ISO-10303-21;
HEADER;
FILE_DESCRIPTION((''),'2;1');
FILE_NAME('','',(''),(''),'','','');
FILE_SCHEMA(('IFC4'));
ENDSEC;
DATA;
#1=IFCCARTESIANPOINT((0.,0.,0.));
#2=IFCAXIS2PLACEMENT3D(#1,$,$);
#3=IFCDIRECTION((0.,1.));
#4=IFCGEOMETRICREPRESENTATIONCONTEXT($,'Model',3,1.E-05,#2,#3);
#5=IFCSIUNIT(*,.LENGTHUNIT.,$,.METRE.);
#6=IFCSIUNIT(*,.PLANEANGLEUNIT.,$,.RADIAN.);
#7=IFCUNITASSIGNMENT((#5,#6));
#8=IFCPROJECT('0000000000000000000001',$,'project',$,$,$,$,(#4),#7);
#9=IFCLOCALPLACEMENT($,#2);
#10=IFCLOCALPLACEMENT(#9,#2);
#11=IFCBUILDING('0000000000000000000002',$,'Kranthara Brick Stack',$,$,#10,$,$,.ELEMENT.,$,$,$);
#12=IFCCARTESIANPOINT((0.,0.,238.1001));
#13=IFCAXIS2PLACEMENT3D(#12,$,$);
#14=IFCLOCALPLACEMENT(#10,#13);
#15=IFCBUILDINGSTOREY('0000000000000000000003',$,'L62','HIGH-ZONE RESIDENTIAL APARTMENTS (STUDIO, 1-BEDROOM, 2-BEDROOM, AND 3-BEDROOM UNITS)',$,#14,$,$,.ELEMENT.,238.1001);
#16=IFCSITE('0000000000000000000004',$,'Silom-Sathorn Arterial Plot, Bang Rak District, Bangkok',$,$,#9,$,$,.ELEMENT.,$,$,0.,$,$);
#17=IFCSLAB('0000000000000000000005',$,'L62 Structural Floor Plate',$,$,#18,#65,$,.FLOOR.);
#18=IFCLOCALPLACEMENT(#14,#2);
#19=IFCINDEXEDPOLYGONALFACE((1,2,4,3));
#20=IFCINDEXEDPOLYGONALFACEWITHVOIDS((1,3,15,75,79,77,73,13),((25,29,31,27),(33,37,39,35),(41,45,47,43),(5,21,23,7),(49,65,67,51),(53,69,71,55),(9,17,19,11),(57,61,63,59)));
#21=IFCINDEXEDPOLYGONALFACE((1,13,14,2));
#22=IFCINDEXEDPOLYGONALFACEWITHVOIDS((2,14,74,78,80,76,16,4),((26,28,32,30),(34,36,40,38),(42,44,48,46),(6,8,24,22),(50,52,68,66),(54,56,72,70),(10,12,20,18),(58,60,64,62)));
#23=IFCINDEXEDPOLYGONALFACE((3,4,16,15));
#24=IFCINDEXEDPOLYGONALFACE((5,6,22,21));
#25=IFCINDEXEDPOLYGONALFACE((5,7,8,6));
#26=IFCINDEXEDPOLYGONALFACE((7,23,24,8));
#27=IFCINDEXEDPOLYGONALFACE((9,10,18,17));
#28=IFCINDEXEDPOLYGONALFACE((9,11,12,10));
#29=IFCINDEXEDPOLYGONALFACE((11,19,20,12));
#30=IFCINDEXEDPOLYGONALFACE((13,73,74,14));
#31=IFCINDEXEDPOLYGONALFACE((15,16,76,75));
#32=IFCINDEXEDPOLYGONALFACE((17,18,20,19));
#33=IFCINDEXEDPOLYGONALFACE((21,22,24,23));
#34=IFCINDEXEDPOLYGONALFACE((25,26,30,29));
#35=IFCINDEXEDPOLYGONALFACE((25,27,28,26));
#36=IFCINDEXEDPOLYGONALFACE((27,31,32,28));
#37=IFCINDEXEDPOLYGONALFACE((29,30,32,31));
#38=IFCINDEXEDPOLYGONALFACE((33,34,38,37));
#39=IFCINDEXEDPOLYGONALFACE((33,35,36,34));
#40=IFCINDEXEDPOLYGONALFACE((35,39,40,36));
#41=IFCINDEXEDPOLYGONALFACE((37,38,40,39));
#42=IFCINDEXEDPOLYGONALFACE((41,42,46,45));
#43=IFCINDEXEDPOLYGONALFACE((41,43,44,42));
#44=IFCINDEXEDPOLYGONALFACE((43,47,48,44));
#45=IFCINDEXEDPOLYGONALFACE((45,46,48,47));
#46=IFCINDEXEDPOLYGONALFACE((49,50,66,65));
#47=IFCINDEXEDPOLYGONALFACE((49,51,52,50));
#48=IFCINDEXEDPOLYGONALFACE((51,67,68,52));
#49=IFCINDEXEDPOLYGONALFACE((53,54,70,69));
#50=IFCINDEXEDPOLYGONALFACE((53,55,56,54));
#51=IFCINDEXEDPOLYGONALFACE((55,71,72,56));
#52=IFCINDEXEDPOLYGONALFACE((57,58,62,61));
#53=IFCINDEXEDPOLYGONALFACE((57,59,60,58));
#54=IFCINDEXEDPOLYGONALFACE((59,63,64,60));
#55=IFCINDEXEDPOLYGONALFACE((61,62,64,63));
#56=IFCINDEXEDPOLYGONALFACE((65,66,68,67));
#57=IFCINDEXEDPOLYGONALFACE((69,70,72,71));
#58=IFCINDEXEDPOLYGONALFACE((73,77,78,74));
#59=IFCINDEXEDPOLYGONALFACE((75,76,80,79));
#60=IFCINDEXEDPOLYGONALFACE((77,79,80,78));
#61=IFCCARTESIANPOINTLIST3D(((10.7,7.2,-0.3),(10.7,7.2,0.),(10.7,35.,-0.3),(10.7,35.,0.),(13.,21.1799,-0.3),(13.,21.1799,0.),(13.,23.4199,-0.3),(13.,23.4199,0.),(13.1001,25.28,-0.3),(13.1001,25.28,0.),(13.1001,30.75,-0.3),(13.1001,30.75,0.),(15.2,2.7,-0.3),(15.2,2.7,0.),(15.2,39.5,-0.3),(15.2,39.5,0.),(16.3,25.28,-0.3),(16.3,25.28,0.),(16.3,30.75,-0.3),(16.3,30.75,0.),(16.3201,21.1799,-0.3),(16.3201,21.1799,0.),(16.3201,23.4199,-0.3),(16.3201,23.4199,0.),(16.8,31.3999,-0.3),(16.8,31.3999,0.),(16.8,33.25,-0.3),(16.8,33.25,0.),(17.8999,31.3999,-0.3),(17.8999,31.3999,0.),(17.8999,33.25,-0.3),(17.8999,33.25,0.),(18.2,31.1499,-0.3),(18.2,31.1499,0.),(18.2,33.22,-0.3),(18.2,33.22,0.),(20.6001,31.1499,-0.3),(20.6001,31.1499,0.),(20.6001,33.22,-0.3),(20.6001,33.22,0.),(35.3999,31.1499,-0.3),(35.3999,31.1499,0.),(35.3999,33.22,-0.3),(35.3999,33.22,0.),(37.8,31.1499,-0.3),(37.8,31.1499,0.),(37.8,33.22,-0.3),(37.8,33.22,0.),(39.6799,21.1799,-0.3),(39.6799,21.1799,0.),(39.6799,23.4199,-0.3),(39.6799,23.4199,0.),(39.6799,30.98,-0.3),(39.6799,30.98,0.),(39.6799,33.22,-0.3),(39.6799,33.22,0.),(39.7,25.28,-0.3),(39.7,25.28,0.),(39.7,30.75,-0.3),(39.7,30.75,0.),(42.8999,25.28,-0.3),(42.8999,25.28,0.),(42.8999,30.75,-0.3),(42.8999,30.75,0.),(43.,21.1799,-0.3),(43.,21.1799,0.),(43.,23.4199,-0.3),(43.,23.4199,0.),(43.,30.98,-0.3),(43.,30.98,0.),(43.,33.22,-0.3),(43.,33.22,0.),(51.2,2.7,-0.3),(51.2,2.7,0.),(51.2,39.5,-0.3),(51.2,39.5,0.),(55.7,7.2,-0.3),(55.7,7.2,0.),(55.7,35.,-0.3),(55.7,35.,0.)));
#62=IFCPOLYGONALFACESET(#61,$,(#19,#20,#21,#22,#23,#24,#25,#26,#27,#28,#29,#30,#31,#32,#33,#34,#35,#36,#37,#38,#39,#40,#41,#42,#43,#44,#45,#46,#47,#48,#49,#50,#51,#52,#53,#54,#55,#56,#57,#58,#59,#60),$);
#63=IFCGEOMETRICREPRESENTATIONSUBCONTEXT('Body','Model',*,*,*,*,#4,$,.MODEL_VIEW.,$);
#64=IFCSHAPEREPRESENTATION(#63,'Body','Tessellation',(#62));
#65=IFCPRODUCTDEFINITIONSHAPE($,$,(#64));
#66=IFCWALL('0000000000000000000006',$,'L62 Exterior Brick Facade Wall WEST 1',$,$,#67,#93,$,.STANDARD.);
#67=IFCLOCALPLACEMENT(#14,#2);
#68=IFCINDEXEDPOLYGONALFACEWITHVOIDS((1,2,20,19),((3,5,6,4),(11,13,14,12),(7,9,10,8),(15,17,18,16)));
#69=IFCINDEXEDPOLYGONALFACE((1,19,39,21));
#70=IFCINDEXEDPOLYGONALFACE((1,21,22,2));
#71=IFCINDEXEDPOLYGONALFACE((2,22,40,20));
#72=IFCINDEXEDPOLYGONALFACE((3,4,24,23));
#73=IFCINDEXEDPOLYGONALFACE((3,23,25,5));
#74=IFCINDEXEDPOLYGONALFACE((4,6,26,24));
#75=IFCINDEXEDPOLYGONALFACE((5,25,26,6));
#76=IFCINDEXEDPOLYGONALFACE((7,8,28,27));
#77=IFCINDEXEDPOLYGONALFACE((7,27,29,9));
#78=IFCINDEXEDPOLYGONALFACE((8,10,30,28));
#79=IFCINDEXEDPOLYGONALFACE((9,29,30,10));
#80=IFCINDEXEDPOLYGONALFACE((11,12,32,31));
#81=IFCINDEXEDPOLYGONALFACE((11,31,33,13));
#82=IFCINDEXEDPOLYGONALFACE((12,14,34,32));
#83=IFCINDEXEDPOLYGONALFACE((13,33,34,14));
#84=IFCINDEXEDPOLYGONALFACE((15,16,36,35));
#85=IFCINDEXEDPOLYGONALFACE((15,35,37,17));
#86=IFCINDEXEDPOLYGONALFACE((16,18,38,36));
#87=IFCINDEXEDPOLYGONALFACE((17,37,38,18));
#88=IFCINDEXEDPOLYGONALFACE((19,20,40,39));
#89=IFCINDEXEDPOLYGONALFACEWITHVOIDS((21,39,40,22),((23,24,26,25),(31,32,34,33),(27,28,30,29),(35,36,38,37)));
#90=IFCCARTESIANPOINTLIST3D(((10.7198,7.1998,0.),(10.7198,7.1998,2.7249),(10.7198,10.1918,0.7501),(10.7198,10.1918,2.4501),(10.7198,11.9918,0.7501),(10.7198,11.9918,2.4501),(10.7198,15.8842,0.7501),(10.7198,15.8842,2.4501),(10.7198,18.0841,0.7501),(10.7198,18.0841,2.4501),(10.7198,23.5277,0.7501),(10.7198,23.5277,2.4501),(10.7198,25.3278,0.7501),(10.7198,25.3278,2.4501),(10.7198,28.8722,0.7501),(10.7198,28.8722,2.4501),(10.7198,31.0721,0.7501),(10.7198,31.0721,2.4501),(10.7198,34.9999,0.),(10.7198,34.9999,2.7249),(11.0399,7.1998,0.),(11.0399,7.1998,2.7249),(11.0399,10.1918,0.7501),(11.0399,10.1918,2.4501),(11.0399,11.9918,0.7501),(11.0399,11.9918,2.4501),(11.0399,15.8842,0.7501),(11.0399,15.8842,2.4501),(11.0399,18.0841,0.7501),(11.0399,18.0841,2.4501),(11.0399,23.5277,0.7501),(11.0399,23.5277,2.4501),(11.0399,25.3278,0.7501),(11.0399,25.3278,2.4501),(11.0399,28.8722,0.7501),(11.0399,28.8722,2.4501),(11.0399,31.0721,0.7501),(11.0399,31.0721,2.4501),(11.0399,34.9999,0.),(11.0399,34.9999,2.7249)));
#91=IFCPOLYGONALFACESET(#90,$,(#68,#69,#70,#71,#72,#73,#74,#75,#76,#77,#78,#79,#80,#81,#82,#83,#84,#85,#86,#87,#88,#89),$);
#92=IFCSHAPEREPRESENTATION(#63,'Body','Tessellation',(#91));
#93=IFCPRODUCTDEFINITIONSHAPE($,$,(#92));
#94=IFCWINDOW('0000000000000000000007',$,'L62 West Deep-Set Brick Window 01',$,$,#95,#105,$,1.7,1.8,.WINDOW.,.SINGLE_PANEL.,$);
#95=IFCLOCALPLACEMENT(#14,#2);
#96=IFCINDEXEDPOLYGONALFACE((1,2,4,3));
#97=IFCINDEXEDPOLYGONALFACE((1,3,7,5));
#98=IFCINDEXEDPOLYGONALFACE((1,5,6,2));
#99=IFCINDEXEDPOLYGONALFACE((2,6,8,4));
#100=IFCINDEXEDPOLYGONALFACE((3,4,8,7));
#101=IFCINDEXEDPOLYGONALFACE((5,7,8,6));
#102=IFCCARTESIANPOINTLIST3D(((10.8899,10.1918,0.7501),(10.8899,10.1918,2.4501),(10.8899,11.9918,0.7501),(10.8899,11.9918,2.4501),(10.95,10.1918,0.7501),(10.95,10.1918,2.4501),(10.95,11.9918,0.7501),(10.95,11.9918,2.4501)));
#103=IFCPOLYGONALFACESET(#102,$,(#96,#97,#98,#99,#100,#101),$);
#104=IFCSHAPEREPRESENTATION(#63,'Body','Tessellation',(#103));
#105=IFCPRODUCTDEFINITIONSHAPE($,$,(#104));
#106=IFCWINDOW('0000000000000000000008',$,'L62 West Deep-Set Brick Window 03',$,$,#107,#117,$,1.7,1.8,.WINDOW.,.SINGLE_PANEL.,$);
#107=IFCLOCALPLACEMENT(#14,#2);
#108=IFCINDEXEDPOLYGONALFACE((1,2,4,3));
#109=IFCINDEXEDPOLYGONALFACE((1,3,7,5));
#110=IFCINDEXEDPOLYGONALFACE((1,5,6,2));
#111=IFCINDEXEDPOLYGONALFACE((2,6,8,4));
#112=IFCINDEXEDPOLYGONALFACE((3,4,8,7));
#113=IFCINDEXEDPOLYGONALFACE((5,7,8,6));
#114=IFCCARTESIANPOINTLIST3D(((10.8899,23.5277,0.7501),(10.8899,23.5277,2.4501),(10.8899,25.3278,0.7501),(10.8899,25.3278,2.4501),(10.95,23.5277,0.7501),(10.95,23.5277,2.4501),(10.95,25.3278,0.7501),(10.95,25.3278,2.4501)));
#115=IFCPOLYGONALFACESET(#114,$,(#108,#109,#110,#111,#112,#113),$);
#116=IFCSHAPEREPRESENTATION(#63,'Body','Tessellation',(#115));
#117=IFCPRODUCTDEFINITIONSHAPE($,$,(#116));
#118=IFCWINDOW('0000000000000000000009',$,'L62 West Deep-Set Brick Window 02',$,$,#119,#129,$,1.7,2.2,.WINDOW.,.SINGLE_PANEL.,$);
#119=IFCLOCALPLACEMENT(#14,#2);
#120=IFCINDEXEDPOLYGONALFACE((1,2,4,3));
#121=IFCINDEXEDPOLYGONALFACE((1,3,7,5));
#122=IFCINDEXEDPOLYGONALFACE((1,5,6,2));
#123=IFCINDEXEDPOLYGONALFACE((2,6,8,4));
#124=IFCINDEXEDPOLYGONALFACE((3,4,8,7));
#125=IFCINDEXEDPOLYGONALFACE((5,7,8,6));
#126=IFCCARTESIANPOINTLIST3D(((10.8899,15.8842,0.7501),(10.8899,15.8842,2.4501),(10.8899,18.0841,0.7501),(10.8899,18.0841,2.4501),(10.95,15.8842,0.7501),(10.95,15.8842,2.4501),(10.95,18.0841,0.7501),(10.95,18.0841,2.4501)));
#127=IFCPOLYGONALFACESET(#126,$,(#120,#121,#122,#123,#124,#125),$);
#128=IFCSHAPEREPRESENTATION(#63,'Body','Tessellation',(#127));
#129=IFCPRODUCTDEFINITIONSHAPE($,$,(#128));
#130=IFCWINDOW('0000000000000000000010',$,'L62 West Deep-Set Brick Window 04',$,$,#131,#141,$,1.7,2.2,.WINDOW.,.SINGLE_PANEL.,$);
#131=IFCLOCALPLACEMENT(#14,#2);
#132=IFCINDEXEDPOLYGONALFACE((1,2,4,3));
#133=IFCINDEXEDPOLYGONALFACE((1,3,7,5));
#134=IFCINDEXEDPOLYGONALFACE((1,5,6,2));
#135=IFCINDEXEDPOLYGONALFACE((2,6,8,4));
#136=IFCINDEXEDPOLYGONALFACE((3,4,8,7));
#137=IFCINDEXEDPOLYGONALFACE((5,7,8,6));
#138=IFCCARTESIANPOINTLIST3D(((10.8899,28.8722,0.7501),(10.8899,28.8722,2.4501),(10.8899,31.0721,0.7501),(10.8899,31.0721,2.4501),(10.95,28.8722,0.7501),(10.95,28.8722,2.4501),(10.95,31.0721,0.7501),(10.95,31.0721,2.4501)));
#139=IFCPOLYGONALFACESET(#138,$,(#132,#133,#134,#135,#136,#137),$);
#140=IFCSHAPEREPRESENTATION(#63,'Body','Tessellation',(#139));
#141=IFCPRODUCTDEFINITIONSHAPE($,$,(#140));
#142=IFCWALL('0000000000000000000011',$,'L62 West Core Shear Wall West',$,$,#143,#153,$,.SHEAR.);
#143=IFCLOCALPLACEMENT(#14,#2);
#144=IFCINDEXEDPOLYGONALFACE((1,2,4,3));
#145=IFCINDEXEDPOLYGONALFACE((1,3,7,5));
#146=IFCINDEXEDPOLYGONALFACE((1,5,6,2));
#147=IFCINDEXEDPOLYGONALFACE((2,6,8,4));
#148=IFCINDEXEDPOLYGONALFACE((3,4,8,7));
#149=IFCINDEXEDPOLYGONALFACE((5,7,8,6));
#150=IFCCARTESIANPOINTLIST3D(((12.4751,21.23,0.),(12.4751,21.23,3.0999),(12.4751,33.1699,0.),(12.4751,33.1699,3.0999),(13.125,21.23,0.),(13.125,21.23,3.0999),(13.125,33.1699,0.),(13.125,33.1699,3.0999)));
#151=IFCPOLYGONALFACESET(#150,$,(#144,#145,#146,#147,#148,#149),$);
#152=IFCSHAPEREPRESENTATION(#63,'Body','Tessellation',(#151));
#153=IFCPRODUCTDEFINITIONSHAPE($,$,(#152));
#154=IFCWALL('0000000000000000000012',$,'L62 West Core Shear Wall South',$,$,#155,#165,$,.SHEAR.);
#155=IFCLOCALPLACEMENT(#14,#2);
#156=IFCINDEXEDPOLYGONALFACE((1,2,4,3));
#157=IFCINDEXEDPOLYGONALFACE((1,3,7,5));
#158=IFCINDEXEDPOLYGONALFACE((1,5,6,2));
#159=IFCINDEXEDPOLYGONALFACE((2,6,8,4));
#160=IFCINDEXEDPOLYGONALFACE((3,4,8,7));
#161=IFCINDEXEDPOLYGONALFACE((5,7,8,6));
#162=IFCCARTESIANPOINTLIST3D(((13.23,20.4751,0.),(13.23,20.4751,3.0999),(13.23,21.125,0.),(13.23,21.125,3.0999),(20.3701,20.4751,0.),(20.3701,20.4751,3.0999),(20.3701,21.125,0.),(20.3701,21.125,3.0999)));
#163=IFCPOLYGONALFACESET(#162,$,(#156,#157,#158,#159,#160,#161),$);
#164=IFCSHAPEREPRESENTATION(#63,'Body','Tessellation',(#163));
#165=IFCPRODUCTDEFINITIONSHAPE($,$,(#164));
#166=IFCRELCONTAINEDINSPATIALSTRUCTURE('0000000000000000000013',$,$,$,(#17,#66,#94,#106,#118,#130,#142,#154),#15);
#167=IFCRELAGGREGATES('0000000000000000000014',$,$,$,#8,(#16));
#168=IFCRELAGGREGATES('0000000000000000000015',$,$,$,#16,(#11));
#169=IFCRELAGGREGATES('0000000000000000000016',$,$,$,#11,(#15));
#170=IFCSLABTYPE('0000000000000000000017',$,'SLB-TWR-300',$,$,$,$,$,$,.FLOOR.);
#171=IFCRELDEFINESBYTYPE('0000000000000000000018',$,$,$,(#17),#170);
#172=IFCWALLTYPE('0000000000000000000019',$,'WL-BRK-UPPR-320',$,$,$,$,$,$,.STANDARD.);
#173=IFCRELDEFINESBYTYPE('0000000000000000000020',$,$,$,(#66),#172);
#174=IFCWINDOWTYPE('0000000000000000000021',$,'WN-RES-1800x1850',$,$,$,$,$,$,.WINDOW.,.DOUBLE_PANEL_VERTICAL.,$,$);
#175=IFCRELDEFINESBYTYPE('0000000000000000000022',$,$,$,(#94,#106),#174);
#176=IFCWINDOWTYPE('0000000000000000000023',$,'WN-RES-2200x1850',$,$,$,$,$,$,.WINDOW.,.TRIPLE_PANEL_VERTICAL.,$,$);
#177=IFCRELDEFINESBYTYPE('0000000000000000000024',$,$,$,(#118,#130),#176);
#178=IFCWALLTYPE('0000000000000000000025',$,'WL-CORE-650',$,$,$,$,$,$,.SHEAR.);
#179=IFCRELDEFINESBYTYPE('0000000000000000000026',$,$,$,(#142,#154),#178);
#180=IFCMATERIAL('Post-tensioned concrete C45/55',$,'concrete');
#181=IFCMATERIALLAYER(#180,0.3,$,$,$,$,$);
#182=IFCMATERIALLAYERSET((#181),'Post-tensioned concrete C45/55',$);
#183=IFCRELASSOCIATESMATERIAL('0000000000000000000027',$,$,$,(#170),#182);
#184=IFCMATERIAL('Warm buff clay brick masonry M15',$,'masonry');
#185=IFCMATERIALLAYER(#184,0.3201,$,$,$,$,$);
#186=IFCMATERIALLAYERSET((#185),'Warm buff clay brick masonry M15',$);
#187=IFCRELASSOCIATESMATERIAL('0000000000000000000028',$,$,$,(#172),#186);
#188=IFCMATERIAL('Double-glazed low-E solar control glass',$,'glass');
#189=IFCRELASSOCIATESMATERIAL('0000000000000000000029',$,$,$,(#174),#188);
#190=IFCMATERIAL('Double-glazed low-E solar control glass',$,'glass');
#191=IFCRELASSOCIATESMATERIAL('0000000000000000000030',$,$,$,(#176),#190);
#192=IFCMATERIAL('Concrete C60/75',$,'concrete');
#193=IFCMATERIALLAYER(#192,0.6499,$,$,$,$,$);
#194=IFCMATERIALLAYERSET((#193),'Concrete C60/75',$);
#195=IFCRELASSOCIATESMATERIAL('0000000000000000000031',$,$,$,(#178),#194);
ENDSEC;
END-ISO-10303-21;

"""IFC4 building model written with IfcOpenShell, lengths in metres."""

from ifc_helpers import new_model, si_unit, direction, frame, frame_2d, origin, place, context, subcontext, project, spatial, polyline, rectangle, outline, extrude, material, layer, layer_set, type_object, element, fill, save


model = new_model("IFC4")

# Units and contexts
model_context = context("Model", 3, precision=1e-05, world=origin(), true_north=direction((0.0, 1.0)))
body_context = subcontext(model_context, "Body", "Model", "MODEL_VIEW")
ifc_project = project(units=[si_unit("LENGTHUNIT", "METRE"), si_unit("PLANEANGLEUNIT", "RADIAN")], contexts=[model_context])

# Site, building, storey
site_placement = place(None, origin())
site = spatial("IfcSite", under=ifc_project, at=site_placement, Name="Silom-Sathorn Arterial Plot, Bang Rak District, Bangkok", CompositionType="ELEMENT", RefElevation=0.0)
building_placement = place(site_placement, origin())
building = spatial("IfcBuilding", under=site, at=building_placement, Name="Kranthara Brick Stack", CompositionType="ELEMENT")
storey_placement = place(building_placement, frame((0.0, 0.0, 238.1001)))
storey = spatial("IfcBuildingStorey", under=building, at=storey_placement, Name="L62", Description="HIGH-ZONE RESIDENTIAL APARTMENTS (STUDIO, 1-BEDROOM, 2-BEDROOM, AND 3-BEDROOM UNITS)", CompositionType="ELEMENT", Elevation=238.1001)

# Slab
ifc_material_1 = material(Name="Post-tensioned concrete C45/55", Category="concrete")
ifc_layer_1 = layer(ifc_material_1, 0.3)
ifc_layer_set_1 = layer_set([ifc_layer_1], Name="Post-tensioned concrete C45/55")
slab_type_1 = type_object("IfcSlabType", Name="SLB-TWR-300", PredefinedType="FLOOR", material=ifc_layer_set_1)
slab_1_placement = place(storey_placement, frame((0.0, 0.0, -0.3)))
element("IfcSlab", 1, at=slab_1_placement, inside=storey, type_object=slab_type_1, Name="L62 Structural Floor Plate", PredefinedType="FLOOR", context=body_context, shape_type="SweptSolid", body=[
    extrude(outline(polyline([(15.2, 2.7), (51.2, 2.7), (55.7, 7.2), (55.7, 35.0), (51.2, 39.5), (15.2, 39.5), (10.7, 35.0), (10.7, 7.2), (15.2, 2.7)]), holes=[polyline([(13.1001, 25.28), (16.3, 25.28), (16.3, 30.75), (13.1001, 30.75), (13.1001, 25.28)]), polyline([(39.7, 25.28), (42.8999, 25.28), (42.8999, 30.75), (39.7, 30.75), (39.7, 25.28)]), polyline([(13.0, 21.1799), (16.3201, 21.1799), (16.3201, 23.4199), (13.0, 23.4199), (13.0, 21.1799)]), polyline([(39.6799, 21.1799), (43.0, 21.1799), (43.0, 23.4199), (39.6799, 23.4199), (39.6799, 21.1799)]), polyline([(39.6799, 30.98), (43.0, 30.98), (43.0, 33.22), (39.6799, 33.22), (39.6799, 30.98)]), polyline([(18.2, 31.1499), (20.6001, 31.1499), (20.6001, 33.22), (18.2, 33.22), (18.2, 31.1499)]), polyline([(35.3999, 31.1499), (37.8, 31.1499), (37.8, 33.22), (35.3999, 33.22), (35.3999, 31.1499)]), polyline([(16.8, 31.3999), (17.8999, 31.3999), (17.8999, 33.25), (16.8, 33.25), (16.8, 31.3999)])]), origin(), (0.0, 0.0, 1.0), 0.3),
])

# Wall, openings, windows
ifc_material_2 = material(Name="Warm buff clay brick masonry M15", Category="masonry")
ifc_layer_2 = layer(ifc_material_2, 0.3201)
ifc_layer_set_2 = layer_set([ifc_layer_2], Name="Warm buff clay brick masonry M15")
wall_type_1 = type_object("IfcWallType", Name="WL-BRK-UPPR-320", PredefinedType="STANDARD", material=ifc_layer_set_2)
wall_1_placement = place(storey_placement, frame((10.8799, 7.2, 0.0), z_axis=(0.0, 0.0, 1.0), x_axis=(0.0, 1.0, 0.0)))
wall_1 = element("IfcWall", 2, at=wall_1_placement, inside=storey, type_object=wall_type_1, Name="L62 Exterior Brick Facade Wall WEST 1", PredefinedType="STANDARD", context=body_context, shape_type="SweptSolid", body=[
    extrude(rectangle(XDim=27.8, YDim=0.3201, at=frame_2d((13.8999, 0.0))), origin(), (0.0, 0.0, 1.0), 2.7249),
])
opening_1_placement = place(wall_1_placement, frame((2.9919, 0.0, 0.75)))
opening_1 = element("IfcOpeningElement", 3, at=opening_1_placement, cuts=wall_1, PredefinedType="OPENING", context=body_context, shape_type="SweptSolid", body=[
    extrude(rectangle(XDim=1.8, YDim=1.7, at=frame_2d((0.8999, 0.8501))), frame((0.0, 0.1699, 0.0), z_axis=(0.0, -1.0, 0.0), x_axis=(1.0, 0.0, 0.0)), (0.0, 0.0, 1.0), 0.3401),
])
opening_2_placement = place(wall_1_placement, frame((8.6841, 0.0, 0.75)))
opening_2 = element("IfcOpeningElement", 4, at=opening_2_placement, cuts=wall_1, PredefinedType="OPENING", context=body_context, shape_type="SweptSolid", body=[
    extrude(rectangle(XDim=2.2, YDim=1.7, at=frame_2d((1.1001, 0.8501))), frame((0.0, 0.1699, 0.0), z_axis=(0.0, -1.0, 0.0), x_axis=(1.0, 0.0, 0.0)), (0.0, 0.0, 1.0), 0.3401),
])
opening_3_placement = place(wall_1_placement, frame((16.3279, 0.0, 0.75)))
opening_3 = element("IfcOpeningElement", 5, at=opening_3_placement, cuts=wall_1, PredefinedType="OPENING", context=body_context, shape_type="SweptSolid", body=[
    extrude(rectangle(XDim=1.8, YDim=1.7, at=frame_2d((0.8999, 0.8501))), frame((0.0, 0.1699, 0.0), z_axis=(0.0, -1.0, 0.0), x_axis=(1.0, 0.0, 0.0)), (0.0, 0.0, 1.0), 0.3401),
])
opening_4_placement = place(wall_1_placement, frame((21.6721, 0.0, 0.75)))
opening_4 = element("IfcOpeningElement", 6, at=opening_4_placement, cuts=wall_1, PredefinedType="OPENING", context=body_context, shape_type="SweptSolid", body=[
    extrude(rectangle(XDim=2.2, YDim=1.7, at=frame_2d((1.1001, 0.8501))), frame((0.0, 0.1699, 0.0), z_axis=(0.0, -1.0, 0.0), x_axis=(1.0, 0.0, 0.0)), (0.0, 0.0, 1.0), 0.3401),
])
ifc_material_3 = material(Name="Double-glazed low-E solar control glass", Category="glass")
window_type_1 = type_object("IfcWindowType", Name="WN-RES-1800x1850", PartitioningType="DOUBLE_PANEL_VERTICAL", PredefinedType="WINDOW", material=ifc_material_3)
window_1_placement = place(opening_1_placement, origin())
window_1 = element("IfcWindow", 7, at=window_1_placement, inside=storey, type_object=window_type_1, Name="L62 West Deep-Set Brick Window 01", OverallHeight=1.7, OverallWidth=1.8, PartitioningType="SINGLE_PANEL", PredefinedType="WINDOW", context=body_context, shape_type="SweptSolid", body=[
    extrude(rectangle(XDim=1.8, YDim=1.7, at=frame_2d((0.8999, 0.8501))), frame((0.0, -0.01, 0.0), z_axis=(0.0, -1.0, 0.0), x_axis=(1.0, 0.0, 0.0)), (0.0, 0.0, 1.0), 0.0601),
])
fill(opening_1, window_1)
window_2_placement = place(opening_3_placement, origin())
window_2 = element("IfcWindow", 8, at=window_2_placement, inside=storey, type_object=window_type_1, Name="L62 West Deep-Set Brick Window 03", OverallHeight=1.7, OverallWidth=1.8, PartitioningType="SINGLE_PANEL", PredefinedType="WINDOW", context=body_context, shape_type="SweptSolid", body=[
    extrude(rectangle(XDim=1.8, YDim=1.7, at=frame_2d((0.8999, 0.8501))), frame((0.0, -0.01, 0.0), z_axis=(0.0, -1.0, 0.0), x_axis=(1.0, 0.0, 0.0)), (0.0, 0.0, 1.0), 0.0601),
])
fill(opening_3, window_2)
ifc_material_4 = material(Name="Double-glazed low-E solar control glass", Category="glass")
window_type_2 = type_object("IfcWindowType", Name="WN-RES-2200x1850", PartitioningType="TRIPLE_PANEL_VERTICAL", PredefinedType="WINDOW", material=ifc_material_4)
window_3_placement = place(opening_2_placement, origin())
window_3 = element("IfcWindow", 9, at=window_3_placement, inside=storey, type_object=window_type_2, Name="L62 West Deep-Set Brick Window 02", OverallHeight=1.7, OverallWidth=2.2, PartitioningType="SINGLE_PANEL", PredefinedType="WINDOW", context=body_context, shape_type="SweptSolid", body=[
    extrude(rectangle(XDim=2.2, YDim=1.7, at=frame_2d((1.1001, 0.8501))), frame((0.0, -0.01, 0.0), z_axis=(0.0, -1.0, 0.0), x_axis=(1.0, 0.0, 0.0)), (0.0, 0.0, 1.0), 0.0601),
])
fill(opening_2, window_3)
window_4_placement = place(opening_4_placement, origin())
window_4 = element("IfcWindow", 10, at=window_4_placement, inside=storey, type_object=window_type_2, Name="L62 West Deep-Set Brick Window 04", OverallHeight=1.7, OverallWidth=2.2, PartitioningType="SINGLE_PANEL", PredefinedType="WINDOW", context=body_context, shape_type="SweptSolid", body=[
    extrude(rectangle(XDim=2.2, YDim=1.7, at=frame_2d((1.1001, 0.8501))), frame((0.0, -0.01, 0.0), z_axis=(0.0, -1.0, 0.0), x_axis=(1.0, 0.0, 0.0)), (0.0, 0.0, 1.0), 0.0601),
])
fill(opening_4, window_4)

# Walls
ifc_material_5 = material(Name="Concrete C60/75", Category="concrete")
ifc_layer_3 = layer(ifc_material_5, 0.6499)
ifc_layer_set_3 = layer_set([ifc_layer_3], Name="Concrete C60/75")
wall_type_2 = type_object("IfcWallType", Name="WL-CORE-650", PredefinedType="SHEAR", material=ifc_layer_set_3)
wall_2_placement = place(storey_placement, frame((12.8, 21.23, 0.0), z_axis=(0.0, 0.0, 1.0), x_axis=(0.0, 1.0, 0.0)))
element("IfcWall", 11, at=wall_2_placement, inside=storey, type_object=wall_type_2, Name="L62 West Core Shear Wall West", PredefinedType="SHEAR", context=body_context, shape_type="SweptSolid", body=[
    extrude(rectangle(XDim=11.9399, YDim=0.6499, at=frame_2d((5.97, 0.0))), origin(), (0.0, 0.0, 1.0), 3.0999),
])
wall_3_placement = place(storey_placement, frame((13.23, 20.8, 0.0), z_axis=(0.0, 0.0, 1.0), x_axis=(1.0, 0.0, 0.0)))
element("IfcWall", 12, at=wall_3_placement, inside=storey, type_object=wall_type_2, Name="L62 West Core Shear Wall South", PredefinedType="SHEAR", context=body_context, shape_type="SweptSolid", body=[
    extrude(rectangle(XDim=7.1401, YDim=0.6499, at=frame_2d((3.5701, 0.0))), origin(), (0.0, 0.0, 1.0), 3.0999),
])

save(model, "model.ifc")
